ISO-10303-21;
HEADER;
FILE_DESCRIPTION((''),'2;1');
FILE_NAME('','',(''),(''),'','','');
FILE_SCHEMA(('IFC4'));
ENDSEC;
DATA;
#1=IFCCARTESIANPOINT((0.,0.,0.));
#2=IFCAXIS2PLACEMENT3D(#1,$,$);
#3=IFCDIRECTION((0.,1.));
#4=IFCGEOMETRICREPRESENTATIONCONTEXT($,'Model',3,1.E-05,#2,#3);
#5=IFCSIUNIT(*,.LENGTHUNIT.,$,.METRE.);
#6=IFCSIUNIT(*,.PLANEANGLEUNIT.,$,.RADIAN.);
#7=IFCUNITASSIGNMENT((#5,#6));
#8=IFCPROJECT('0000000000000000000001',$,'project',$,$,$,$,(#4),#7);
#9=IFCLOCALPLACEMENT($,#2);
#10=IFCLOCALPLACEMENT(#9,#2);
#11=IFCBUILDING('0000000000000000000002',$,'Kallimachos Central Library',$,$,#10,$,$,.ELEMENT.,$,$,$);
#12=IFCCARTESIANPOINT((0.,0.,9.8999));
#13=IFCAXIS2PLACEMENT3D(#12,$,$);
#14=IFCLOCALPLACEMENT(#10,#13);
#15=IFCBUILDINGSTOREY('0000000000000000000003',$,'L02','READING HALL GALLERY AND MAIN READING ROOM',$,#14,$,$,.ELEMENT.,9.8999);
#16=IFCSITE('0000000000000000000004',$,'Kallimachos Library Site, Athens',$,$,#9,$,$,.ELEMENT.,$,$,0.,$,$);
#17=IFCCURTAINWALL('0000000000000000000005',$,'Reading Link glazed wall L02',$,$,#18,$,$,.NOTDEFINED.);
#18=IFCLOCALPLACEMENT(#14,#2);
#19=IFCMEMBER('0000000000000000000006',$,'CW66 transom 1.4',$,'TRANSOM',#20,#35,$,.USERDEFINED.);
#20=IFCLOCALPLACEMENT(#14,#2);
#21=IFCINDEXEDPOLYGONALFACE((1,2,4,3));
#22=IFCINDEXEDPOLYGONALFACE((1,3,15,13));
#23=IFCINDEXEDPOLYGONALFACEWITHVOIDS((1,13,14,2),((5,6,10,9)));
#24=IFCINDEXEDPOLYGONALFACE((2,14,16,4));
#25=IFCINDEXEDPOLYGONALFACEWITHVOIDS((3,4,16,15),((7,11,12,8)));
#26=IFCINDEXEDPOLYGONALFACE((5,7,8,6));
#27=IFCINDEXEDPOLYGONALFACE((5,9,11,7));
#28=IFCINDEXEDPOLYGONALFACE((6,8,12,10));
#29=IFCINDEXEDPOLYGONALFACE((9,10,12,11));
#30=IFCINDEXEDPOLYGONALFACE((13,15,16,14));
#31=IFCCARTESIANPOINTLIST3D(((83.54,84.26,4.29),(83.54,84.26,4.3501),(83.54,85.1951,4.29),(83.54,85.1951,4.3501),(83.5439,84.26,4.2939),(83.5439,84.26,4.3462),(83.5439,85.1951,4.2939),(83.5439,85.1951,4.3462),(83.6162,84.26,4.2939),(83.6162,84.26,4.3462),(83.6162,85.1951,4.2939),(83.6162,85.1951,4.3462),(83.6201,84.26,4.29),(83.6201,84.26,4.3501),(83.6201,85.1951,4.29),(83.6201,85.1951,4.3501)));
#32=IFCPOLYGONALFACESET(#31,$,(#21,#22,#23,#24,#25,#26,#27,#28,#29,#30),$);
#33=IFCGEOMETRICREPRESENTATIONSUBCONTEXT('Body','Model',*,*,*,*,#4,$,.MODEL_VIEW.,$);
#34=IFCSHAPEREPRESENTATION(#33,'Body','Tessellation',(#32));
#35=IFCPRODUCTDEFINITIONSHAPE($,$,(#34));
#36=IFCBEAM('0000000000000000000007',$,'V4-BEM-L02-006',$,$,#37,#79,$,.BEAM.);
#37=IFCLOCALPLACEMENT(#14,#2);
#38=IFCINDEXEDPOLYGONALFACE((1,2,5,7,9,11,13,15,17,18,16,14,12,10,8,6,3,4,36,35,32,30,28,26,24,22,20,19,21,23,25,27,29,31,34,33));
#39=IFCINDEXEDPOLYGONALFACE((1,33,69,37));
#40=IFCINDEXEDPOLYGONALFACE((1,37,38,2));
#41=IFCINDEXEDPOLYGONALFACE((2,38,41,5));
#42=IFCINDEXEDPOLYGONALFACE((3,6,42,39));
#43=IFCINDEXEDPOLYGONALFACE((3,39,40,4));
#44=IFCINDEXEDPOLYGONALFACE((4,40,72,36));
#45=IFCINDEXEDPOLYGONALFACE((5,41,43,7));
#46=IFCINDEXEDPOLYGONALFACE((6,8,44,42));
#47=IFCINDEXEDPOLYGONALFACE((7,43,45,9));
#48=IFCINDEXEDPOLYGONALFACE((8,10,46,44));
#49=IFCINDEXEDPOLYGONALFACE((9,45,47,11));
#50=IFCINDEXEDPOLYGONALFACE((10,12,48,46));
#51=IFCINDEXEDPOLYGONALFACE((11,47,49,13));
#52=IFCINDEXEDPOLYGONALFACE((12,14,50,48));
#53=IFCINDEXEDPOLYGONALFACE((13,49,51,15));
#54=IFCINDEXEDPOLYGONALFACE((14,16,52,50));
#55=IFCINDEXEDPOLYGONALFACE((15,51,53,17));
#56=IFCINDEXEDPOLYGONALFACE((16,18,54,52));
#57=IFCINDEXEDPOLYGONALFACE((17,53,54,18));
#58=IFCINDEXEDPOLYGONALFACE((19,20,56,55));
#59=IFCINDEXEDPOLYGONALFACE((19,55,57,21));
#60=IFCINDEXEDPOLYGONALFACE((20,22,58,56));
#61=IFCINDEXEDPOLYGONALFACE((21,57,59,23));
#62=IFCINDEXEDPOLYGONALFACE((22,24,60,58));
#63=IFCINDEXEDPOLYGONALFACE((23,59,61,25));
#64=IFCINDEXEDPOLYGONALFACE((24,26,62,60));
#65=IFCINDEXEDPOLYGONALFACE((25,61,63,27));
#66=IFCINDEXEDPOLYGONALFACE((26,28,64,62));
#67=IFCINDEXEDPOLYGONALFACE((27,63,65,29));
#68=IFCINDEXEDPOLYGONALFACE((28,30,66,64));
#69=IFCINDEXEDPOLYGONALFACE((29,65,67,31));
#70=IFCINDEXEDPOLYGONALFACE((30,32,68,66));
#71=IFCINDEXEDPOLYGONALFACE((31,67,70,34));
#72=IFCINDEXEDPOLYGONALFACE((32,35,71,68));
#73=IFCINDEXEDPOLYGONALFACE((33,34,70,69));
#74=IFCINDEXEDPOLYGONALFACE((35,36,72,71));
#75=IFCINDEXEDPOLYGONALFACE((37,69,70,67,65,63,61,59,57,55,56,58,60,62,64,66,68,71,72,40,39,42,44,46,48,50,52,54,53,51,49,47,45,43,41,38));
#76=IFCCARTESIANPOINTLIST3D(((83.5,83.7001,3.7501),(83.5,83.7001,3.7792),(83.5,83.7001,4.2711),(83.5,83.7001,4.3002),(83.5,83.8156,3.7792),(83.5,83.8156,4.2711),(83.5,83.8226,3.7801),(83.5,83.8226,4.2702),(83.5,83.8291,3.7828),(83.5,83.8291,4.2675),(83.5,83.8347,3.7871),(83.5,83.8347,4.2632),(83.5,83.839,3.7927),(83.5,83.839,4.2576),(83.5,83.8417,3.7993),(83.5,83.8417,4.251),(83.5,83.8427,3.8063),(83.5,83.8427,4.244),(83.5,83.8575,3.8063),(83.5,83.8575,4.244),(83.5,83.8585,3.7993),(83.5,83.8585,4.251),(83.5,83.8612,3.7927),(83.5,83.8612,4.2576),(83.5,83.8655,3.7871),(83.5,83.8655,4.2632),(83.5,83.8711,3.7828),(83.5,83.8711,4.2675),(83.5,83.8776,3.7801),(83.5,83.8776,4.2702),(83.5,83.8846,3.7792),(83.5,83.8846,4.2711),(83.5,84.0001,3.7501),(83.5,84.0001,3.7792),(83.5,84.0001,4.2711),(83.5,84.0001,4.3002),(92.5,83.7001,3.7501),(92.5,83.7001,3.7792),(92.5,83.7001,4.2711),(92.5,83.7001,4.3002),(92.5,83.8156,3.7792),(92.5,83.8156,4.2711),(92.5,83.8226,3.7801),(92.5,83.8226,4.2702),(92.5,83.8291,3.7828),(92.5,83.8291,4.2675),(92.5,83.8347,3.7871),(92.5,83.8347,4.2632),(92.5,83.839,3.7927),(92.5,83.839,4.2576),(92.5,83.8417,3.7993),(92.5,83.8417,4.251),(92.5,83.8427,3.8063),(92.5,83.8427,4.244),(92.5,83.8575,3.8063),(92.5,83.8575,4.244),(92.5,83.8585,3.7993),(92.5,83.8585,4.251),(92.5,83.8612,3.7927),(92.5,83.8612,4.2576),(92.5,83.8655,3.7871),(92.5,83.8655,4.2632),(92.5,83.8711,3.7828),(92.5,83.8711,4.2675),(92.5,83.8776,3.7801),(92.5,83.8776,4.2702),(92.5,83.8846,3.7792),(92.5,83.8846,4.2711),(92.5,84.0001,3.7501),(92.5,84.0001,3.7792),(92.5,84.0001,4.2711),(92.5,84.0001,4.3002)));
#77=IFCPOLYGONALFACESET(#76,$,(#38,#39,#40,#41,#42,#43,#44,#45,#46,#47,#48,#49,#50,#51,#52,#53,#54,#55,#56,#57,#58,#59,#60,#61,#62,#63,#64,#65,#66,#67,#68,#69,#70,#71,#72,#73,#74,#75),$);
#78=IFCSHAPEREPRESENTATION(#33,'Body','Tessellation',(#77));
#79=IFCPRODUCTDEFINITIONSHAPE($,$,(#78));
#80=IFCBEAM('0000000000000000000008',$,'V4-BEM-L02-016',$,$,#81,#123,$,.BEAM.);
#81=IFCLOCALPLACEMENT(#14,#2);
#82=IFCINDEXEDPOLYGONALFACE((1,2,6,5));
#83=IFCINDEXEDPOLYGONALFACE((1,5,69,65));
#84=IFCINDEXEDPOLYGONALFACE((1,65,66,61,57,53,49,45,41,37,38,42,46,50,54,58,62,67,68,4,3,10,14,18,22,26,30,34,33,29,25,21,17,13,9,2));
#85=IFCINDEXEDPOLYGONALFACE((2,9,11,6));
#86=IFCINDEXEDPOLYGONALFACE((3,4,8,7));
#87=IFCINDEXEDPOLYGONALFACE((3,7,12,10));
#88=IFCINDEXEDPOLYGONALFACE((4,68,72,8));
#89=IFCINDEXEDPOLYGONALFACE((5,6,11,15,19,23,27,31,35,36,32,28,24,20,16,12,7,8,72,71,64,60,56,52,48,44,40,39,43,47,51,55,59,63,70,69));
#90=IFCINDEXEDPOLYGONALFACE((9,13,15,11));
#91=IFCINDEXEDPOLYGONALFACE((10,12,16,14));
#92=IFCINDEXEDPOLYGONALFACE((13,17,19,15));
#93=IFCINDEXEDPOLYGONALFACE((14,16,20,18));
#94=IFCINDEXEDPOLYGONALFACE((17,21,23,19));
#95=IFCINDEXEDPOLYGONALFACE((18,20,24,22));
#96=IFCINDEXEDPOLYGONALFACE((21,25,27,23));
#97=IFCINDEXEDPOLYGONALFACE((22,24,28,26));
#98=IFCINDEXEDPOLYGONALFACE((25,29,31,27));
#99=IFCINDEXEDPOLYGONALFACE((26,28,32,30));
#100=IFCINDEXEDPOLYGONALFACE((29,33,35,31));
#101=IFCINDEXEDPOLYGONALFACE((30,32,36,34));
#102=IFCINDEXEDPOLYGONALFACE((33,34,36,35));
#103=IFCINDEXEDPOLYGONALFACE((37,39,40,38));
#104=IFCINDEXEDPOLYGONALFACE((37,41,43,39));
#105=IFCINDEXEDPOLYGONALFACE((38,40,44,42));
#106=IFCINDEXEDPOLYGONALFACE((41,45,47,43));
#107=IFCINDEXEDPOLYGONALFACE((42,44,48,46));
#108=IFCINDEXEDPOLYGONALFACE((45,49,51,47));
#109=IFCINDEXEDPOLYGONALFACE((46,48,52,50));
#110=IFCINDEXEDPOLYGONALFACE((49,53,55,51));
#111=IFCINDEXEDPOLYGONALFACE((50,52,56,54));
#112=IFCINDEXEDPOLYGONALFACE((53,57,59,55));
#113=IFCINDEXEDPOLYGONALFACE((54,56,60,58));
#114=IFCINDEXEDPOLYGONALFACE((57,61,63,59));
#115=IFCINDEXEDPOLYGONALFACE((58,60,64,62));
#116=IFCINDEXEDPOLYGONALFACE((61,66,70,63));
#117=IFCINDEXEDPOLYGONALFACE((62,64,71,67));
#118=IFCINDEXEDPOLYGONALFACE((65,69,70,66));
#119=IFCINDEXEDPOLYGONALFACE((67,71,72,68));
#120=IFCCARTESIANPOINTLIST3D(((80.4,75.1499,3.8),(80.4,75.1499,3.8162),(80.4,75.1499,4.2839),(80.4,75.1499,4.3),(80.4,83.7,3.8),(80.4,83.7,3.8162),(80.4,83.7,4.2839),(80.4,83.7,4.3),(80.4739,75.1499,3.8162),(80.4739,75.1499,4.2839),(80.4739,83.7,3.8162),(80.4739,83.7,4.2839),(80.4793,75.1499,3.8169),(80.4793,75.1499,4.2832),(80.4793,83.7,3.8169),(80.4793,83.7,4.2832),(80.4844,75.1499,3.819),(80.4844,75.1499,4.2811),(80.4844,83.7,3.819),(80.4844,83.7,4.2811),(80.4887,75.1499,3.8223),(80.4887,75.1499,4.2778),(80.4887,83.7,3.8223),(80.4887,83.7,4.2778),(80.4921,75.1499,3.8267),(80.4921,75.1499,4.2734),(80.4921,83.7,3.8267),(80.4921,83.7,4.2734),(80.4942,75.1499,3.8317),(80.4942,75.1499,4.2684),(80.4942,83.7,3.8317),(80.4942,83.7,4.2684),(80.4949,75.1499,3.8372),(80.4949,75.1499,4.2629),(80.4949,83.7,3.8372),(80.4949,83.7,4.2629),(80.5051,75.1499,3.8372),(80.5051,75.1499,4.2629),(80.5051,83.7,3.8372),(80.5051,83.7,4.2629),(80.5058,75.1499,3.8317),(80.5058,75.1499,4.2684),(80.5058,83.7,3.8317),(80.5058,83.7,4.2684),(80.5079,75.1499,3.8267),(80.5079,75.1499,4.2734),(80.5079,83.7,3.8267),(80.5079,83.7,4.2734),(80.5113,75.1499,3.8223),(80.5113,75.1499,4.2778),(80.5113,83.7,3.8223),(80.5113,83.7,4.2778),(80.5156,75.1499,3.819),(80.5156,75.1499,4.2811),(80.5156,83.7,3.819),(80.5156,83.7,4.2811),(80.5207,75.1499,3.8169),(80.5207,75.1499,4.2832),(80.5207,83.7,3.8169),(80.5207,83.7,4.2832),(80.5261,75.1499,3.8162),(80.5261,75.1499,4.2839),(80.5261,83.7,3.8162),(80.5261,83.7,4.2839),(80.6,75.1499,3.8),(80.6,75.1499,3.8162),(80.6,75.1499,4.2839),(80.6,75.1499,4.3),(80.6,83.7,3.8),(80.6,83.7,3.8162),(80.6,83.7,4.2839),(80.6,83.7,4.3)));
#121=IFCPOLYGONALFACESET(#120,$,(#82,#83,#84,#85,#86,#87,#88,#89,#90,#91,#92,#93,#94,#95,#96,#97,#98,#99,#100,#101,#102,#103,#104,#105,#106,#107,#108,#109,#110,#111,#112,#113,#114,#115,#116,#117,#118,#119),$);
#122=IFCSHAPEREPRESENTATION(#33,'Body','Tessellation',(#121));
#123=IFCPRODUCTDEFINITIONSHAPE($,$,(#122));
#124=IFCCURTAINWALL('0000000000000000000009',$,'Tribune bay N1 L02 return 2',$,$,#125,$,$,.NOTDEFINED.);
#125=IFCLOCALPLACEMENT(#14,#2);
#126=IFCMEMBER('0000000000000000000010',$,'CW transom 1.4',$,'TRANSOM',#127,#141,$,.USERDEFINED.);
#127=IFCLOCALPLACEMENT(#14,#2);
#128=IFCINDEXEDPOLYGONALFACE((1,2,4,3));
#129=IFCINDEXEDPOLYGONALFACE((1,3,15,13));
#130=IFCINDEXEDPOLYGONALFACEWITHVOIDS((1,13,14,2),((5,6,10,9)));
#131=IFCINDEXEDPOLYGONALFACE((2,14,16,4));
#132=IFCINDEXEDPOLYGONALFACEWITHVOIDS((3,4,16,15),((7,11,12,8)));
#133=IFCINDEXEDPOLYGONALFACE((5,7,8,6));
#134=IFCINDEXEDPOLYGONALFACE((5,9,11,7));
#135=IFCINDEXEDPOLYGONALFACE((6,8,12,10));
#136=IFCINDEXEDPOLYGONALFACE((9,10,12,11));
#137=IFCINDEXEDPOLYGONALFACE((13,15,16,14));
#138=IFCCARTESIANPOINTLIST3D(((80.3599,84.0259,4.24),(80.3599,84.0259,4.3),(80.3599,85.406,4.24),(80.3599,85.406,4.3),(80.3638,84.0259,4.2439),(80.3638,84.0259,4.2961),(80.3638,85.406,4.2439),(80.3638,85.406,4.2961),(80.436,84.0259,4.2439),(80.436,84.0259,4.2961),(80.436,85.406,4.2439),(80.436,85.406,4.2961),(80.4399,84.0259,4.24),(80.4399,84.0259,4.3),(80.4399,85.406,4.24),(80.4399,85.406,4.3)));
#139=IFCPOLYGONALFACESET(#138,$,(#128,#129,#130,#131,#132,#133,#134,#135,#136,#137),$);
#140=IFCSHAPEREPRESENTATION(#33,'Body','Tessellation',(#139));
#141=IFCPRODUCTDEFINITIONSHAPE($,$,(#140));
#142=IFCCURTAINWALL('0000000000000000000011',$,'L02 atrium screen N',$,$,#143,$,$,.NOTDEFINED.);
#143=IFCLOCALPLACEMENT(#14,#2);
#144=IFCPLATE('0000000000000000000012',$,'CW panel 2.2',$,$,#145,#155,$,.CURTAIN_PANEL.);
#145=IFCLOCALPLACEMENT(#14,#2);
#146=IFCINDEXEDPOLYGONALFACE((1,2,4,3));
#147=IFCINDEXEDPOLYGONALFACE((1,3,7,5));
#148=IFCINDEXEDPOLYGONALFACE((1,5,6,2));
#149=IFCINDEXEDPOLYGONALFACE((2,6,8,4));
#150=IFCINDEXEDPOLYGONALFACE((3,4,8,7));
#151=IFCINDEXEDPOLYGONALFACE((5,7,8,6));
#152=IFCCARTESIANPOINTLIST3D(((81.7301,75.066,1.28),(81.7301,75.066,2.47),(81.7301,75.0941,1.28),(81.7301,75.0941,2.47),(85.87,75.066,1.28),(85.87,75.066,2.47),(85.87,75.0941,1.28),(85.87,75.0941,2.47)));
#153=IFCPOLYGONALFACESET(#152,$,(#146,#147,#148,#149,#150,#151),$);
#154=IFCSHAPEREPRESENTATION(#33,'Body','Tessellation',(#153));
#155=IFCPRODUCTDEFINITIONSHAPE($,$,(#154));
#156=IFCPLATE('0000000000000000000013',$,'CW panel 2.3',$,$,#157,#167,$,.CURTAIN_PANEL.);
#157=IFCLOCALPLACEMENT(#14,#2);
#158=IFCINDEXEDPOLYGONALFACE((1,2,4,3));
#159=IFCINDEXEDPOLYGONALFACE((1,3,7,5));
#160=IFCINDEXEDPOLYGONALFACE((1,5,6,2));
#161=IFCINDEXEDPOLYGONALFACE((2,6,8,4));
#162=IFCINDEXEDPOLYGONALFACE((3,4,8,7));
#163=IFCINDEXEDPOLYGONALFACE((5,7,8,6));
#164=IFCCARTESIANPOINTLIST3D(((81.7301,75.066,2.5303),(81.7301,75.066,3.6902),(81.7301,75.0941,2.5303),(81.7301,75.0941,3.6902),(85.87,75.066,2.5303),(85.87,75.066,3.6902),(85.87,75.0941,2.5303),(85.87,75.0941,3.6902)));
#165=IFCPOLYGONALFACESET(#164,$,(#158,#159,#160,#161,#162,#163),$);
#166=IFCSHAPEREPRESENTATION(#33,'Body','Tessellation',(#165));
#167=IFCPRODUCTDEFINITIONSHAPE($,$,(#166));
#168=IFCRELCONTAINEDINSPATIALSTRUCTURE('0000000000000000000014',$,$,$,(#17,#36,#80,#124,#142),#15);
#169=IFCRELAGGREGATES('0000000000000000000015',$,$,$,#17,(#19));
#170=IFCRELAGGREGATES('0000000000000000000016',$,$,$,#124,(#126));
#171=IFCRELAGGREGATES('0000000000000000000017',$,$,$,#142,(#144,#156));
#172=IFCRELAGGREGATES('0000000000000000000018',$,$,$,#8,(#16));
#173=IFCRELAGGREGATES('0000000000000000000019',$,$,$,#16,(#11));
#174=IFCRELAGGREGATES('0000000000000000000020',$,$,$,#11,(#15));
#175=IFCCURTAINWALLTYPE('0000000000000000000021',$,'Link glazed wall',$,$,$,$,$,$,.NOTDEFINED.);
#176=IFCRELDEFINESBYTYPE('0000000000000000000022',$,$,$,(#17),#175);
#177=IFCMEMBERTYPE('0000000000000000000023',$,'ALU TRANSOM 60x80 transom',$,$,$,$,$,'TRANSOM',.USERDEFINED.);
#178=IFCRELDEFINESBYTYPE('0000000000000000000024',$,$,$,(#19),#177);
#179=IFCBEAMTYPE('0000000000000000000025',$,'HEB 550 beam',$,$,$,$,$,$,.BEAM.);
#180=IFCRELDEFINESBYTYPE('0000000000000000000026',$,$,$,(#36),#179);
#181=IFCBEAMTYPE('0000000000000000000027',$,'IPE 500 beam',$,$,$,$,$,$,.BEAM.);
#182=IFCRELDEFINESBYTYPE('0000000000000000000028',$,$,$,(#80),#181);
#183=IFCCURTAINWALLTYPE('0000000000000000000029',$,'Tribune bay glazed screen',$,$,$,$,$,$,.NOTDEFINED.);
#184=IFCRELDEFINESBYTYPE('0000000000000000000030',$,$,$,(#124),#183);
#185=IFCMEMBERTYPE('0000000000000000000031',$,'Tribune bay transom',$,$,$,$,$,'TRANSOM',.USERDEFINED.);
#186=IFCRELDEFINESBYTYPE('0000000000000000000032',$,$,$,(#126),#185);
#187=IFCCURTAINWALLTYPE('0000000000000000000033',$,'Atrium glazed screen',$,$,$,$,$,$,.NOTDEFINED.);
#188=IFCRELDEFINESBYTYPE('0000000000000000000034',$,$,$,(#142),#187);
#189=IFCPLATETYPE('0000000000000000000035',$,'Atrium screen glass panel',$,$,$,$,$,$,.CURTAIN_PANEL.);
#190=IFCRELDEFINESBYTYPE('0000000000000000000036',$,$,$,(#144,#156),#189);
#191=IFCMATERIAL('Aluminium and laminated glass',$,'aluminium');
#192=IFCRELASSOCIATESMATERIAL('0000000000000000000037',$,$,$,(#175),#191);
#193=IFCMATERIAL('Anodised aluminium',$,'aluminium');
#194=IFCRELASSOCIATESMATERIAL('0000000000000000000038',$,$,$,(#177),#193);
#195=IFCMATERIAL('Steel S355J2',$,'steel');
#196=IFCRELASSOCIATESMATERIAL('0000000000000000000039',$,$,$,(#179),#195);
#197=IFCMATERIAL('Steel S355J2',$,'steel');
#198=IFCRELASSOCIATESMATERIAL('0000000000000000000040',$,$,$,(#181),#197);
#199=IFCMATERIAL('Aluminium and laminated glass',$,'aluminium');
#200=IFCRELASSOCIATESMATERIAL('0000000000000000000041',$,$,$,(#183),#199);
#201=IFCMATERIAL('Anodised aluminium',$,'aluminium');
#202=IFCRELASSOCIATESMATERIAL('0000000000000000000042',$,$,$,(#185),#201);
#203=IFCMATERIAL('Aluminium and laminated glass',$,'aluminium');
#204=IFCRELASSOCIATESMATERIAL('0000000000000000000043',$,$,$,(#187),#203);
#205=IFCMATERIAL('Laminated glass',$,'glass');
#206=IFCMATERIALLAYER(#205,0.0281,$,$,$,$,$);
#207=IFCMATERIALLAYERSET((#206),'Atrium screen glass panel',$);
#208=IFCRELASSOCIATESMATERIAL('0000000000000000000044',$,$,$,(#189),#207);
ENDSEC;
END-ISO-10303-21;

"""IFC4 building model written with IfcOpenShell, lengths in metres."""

from ifc_helpers import new_model, si_unit, direction, frame, origin, origin_2d, place, context, subcontext, project, spatial, rectangle, hollow_rectangle, i_section, extrude, material, layer, layer_set, material_profile, profile_set, type_object, element, aggregate, save


model = new_model("IFC4")

# Units and contexts
model_context = context("Model", 3, precision=1e-05, world=origin(), true_north=direction((0.0, 1.0)))
body_context = subcontext(model_context, "Body", "Model", "MODEL_VIEW")
ifc_project = project(units=[si_unit("LENGTHUNIT", "METRE"), si_unit("PLANEANGLEUNIT", "RADIAN")], contexts=[model_context])

# Site, building, storey
site_placement = place(None, origin())
site = spatial("IfcSite", under=ifc_project, at=site_placement, Name="Kallimachos Library Site, Athens", CompositionType="ELEMENT", RefElevation=0.0)
building_placement = place(site_placement, origin())
building = spatial("IfcBuilding", under=site, at=building_placement, Name="Kallimachos Central Library", CompositionType="ELEMENT")
storey_placement = place(building_placement, frame((0.0, 0.0, 9.8999)))
storey = spatial("IfcBuildingStorey", under=building, at=storey_placement, Name="L02", Description="READING HALL GALLERY AND MAIN READING ROOM", CompositionType="ELEMENT", Elevation=9.8999)

# Curtain wall, member
ifc_material_1 = material(Name="Aluminium and laminated glass", Category="aluminium")
curtain_wall_type_1 = type_object("IfcCurtainWallType", Name="Link glazed wall", PredefinedType="NOTDEFINED", material=ifc_material_1)
curtain_wall_1_placement = place(storey_placement, origin())
curtain_wall_1 = element("IfcCurtainWall", 1, at=curtain_wall_1_placement, inside=storey, type_object=curtain_wall_type_1, Name="Reading Link glazed wall L02", PredefinedType="NOTDEFINED")
ifc_material_2 = material(Name="Anodised aluminium", Category="aluminium")
ifc_material_profile_1 = material_profile(ifc_material_2, hollow_rectangle(XDim=0.0601, YDim=0.0801, WallThickness=0.0039, at=origin_2d()), Name="ALU TRANSOM 60x80")
ifc_profile_set_1 = profile_set([ifc_material_profile_1], Name="Anodised aluminium")
member_type_1 = type_object("IfcMemberType", Name="ALU TRANSOM 60x80 transom", ElementType="TRANSOM", PredefinedType="USERDEFINED", material=ifc_profile_set_1)
member_1_placement = place(storey_placement, frame((83.5801, 84.26, 4.3201), z_axis=(0.0, 1.0, 0.0), x_axis=(0.0, 0.0, 1.0)))
member_1 = element("IfcMember", 2, at=member_1_placement, type_object=member_type_1, Name="CW66 transom 1.4", ObjectType="TRANSOM", PredefinedType="USERDEFINED", context=body_context, shape_type="SweptSolid", body=[
    extrude(hollow_rectangle(XDim=0.0601, YDim=0.0801, WallThickness=0.0039, at=origin_2d()), origin(), (0.0, 0.0, 1.0), 0.9351),
])
aggregate(curtain_wall_1, [member_1])

# Beams
ifc_material_3 = material(Name="Steel S355J2", Category="steel")
ifc_material_profile_2 = material_profile(ifc_material_3, i_section(OverallWidth=0.3, OverallDepth=0.55, WebThickness=0.0149, FlangeThickness=0.0291, FilletRadius=0.0271, at=origin_2d()), Name="HEB 550")
ifc_profile_set_2 = profile_set([ifc_material_profile_2], Name="Steel S355J2")
beam_type_1 = type_object("IfcBeamType", Name="HEB 550 beam", PredefinedType="BEAM", material=ifc_profile_set_2)
beam_1_placement = place(storey_placement, frame((83.5, 83.8501, 4.0251), z_axis=(1.0, 0.0, 0.0), x_axis=(0.0, 1.0, 0.0)))
element("IfcBeam", 3, at=beam_1_placement, inside=storey, type_object=beam_type_1, Name="V4-BEM-L02-006", PredefinedType="BEAM", context=body_context, shape_type="SweptSolid", body=[
    extrude(i_section(OverallWidth=0.3, OverallDepth=0.55, WebThickness=0.0149, FlangeThickness=0.0291, FilletRadius=0.0271, at=origin_2d()), origin(), (0.0, 0.0, 1.0), 9.0),
])
ifc_material_4 = material(Name="Steel S355J2", Category="steel")
ifc_material_profile_3 = material_profile(ifc_material_4, i_section(OverallWidth=0.2, OverallDepth=0.5, WebThickness=0.0103, FlangeThickness=0.0161, FilletRadius=0.021, at=origin_2d()), Name="IPE 500")
ifc_profile_set_3 = profile_set([ifc_material_profile_3], Name="Steel S355J2")
beam_type_2 = type_object("IfcBeamType", Name="IPE 500 beam", PredefinedType="BEAM", material=ifc_profile_set_3)
beam_2_placement = place(storey_placement, frame((80.5, 75.1499, 4.05), z_axis=(0.0, 1.0, 0.0), x_axis=(-1.0, 0.0, 0.0)))
element("IfcBeam", 4, at=beam_2_placement, inside=storey, type_object=beam_type_2, Name="V4-BEM-L02-016", PredefinedType="BEAM", context=body_context, shape_type="SweptSolid", body=[
    extrude(i_section(OverallWidth=0.2, OverallDepth=0.5, WebThickness=0.0103, FlangeThickness=0.0161, FilletRadius=0.021, at=origin_2d()), origin(), (0.0, 0.0, 1.0), 8.55),
])

# Curtain wall, member
ifc_material_5 = material(Name="Aluminium and laminated glass", Category="aluminium")
curtain_wall_type_2 = type_object("IfcCurtainWallType", Name="Tribune bay glazed screen", PredefinedType="NOTDEFINED", material=ifc_material_5)
curtain_wall_2_placement = place(storey_placement, origin())
curtain_wall_2 = element("IfcCurtainWall", 5, at=curtain_wall_2_placement, inside=storey, type_object=curtain_wall_type_2, Name="Tribune bay N1 L02 return 2", PredefinedType="NOTDEFINED")
ifc_material_6 = material(Name="Anodised aluminium", Category="aluminium")
ifc_material_profile_4 = material_profile(ifc_material_6, hollow_rectangle(XDim=0.0601, YDim=0.0801, WallThickness=0.0039, at=origin_2d()), Name="ALU TRANSOM 60x80")
ifc_profile_set_4 = profile_set([ifc_material_profile_4], Name="Anodised aluminium")
member_type_2 = type_object("IfcMemberType", Name="Tribune bay transom", ElementType="TRANSOM", PredefinedType="USERDEFINED", material=ifc_profile_set_4)
member_2_placement = place(storey_placement, frame((80.3999, 84.0259, 4.27), z_axis=(0.0, 1.0, 0.0), x_axis=(0.0, 0.0, 1.0)))
member_2 = element("IfcMember", 6, at=member_2_placement, type_object=member_type_2, Name="CW transom 1.4", ObjectType="TRANSOM", PredefinedType="USERDEFINED", context=body_context, shape_type="SweptSolid", body=[
    extrude(hollow_rectangle(XDim=0.0601, YDim=0.0801, WallThickness=0.0039, at=origin_2d()), origin(), (0.0, 0.0, 1.0), 1.3801),
])
aggregate(curtain_wall_2, [member_2])

# Curtain wall, plates
ifc_material_7 = material(Name="Aluminium and laminated glass", Category="aluminium")
curtain_wall_type_3 = type_object("IfcCurtainWallType", Name="Atrium glazed screen", PredefinedType="NOTDEFINED", material=ifc_material_7)
curtain_wall_3_placement = place(storey_placement, origin())
curtain_wall_3 = element("IfcCurtainWall", 7, at=curtain_wall_3_placement, inside=storey, type_object=curtain_wall_type_3, Name="L02 atrium screen N", PredefinedType="NOTDEFINED")
ifc_material_8 = material(Name="Laminated glass", Category="glass")
ifc_layer_1 = layer(ifc_material_8, 0.0281)
ifc_layer_set_1 = layer_set([ifc_layer_1], Name="Atrium screen glass panel")
plate_type = type_object("IfcPlateType", Name="Atrium screen glass panel", PredefinedType="CURTAIN_PANEL", material=ifc_layer_set_1)
plate_1_placement = place(storey_placement, frame((83.8, 75.0801, 1.28), z_axis=(0.0, 0.0, 1.0), x_axis=(1.0, 0.0, 0.0)))
plate_1 = element("IfcPlate", 8, at=plate_1_placement, type_object=plate_type, Name="CW panel 2.2", PredefinedType="CURTAIN_PANEL", context=body_context, shape_type="SweptSolid", body=[
    extrude(rectangle(XDim=4.1399, YDim=0.0281, at=origin_2d()), origin(), (0.0, 0.0, 1.0), 1.1899),
])
plate_2_placement = place(storey_placement, frame((83.8, 75.0801, 2.5303), z_axis=(0.0, 0.0, 1.0), x_axis=(1.0, 0.0, 0.0)))
plate_2 = element("IfcPlate", 9, at=plate_2_placement, type_object=plate_type, Name="CW panel 2.3", PredefinedType="CURTAIN_PANEL", context=body_context, shape_type="SweptSolid", body=[
    extrude(rectangle(XDim=4.1399, YDim=0.0281, at=origin_2d()), origin(), (0.0, 0.0, 1.0), 1.1599),
])
aggregate(curtain_wall_3, [plate_1, plate_2])

save(model, "model.ifc")
